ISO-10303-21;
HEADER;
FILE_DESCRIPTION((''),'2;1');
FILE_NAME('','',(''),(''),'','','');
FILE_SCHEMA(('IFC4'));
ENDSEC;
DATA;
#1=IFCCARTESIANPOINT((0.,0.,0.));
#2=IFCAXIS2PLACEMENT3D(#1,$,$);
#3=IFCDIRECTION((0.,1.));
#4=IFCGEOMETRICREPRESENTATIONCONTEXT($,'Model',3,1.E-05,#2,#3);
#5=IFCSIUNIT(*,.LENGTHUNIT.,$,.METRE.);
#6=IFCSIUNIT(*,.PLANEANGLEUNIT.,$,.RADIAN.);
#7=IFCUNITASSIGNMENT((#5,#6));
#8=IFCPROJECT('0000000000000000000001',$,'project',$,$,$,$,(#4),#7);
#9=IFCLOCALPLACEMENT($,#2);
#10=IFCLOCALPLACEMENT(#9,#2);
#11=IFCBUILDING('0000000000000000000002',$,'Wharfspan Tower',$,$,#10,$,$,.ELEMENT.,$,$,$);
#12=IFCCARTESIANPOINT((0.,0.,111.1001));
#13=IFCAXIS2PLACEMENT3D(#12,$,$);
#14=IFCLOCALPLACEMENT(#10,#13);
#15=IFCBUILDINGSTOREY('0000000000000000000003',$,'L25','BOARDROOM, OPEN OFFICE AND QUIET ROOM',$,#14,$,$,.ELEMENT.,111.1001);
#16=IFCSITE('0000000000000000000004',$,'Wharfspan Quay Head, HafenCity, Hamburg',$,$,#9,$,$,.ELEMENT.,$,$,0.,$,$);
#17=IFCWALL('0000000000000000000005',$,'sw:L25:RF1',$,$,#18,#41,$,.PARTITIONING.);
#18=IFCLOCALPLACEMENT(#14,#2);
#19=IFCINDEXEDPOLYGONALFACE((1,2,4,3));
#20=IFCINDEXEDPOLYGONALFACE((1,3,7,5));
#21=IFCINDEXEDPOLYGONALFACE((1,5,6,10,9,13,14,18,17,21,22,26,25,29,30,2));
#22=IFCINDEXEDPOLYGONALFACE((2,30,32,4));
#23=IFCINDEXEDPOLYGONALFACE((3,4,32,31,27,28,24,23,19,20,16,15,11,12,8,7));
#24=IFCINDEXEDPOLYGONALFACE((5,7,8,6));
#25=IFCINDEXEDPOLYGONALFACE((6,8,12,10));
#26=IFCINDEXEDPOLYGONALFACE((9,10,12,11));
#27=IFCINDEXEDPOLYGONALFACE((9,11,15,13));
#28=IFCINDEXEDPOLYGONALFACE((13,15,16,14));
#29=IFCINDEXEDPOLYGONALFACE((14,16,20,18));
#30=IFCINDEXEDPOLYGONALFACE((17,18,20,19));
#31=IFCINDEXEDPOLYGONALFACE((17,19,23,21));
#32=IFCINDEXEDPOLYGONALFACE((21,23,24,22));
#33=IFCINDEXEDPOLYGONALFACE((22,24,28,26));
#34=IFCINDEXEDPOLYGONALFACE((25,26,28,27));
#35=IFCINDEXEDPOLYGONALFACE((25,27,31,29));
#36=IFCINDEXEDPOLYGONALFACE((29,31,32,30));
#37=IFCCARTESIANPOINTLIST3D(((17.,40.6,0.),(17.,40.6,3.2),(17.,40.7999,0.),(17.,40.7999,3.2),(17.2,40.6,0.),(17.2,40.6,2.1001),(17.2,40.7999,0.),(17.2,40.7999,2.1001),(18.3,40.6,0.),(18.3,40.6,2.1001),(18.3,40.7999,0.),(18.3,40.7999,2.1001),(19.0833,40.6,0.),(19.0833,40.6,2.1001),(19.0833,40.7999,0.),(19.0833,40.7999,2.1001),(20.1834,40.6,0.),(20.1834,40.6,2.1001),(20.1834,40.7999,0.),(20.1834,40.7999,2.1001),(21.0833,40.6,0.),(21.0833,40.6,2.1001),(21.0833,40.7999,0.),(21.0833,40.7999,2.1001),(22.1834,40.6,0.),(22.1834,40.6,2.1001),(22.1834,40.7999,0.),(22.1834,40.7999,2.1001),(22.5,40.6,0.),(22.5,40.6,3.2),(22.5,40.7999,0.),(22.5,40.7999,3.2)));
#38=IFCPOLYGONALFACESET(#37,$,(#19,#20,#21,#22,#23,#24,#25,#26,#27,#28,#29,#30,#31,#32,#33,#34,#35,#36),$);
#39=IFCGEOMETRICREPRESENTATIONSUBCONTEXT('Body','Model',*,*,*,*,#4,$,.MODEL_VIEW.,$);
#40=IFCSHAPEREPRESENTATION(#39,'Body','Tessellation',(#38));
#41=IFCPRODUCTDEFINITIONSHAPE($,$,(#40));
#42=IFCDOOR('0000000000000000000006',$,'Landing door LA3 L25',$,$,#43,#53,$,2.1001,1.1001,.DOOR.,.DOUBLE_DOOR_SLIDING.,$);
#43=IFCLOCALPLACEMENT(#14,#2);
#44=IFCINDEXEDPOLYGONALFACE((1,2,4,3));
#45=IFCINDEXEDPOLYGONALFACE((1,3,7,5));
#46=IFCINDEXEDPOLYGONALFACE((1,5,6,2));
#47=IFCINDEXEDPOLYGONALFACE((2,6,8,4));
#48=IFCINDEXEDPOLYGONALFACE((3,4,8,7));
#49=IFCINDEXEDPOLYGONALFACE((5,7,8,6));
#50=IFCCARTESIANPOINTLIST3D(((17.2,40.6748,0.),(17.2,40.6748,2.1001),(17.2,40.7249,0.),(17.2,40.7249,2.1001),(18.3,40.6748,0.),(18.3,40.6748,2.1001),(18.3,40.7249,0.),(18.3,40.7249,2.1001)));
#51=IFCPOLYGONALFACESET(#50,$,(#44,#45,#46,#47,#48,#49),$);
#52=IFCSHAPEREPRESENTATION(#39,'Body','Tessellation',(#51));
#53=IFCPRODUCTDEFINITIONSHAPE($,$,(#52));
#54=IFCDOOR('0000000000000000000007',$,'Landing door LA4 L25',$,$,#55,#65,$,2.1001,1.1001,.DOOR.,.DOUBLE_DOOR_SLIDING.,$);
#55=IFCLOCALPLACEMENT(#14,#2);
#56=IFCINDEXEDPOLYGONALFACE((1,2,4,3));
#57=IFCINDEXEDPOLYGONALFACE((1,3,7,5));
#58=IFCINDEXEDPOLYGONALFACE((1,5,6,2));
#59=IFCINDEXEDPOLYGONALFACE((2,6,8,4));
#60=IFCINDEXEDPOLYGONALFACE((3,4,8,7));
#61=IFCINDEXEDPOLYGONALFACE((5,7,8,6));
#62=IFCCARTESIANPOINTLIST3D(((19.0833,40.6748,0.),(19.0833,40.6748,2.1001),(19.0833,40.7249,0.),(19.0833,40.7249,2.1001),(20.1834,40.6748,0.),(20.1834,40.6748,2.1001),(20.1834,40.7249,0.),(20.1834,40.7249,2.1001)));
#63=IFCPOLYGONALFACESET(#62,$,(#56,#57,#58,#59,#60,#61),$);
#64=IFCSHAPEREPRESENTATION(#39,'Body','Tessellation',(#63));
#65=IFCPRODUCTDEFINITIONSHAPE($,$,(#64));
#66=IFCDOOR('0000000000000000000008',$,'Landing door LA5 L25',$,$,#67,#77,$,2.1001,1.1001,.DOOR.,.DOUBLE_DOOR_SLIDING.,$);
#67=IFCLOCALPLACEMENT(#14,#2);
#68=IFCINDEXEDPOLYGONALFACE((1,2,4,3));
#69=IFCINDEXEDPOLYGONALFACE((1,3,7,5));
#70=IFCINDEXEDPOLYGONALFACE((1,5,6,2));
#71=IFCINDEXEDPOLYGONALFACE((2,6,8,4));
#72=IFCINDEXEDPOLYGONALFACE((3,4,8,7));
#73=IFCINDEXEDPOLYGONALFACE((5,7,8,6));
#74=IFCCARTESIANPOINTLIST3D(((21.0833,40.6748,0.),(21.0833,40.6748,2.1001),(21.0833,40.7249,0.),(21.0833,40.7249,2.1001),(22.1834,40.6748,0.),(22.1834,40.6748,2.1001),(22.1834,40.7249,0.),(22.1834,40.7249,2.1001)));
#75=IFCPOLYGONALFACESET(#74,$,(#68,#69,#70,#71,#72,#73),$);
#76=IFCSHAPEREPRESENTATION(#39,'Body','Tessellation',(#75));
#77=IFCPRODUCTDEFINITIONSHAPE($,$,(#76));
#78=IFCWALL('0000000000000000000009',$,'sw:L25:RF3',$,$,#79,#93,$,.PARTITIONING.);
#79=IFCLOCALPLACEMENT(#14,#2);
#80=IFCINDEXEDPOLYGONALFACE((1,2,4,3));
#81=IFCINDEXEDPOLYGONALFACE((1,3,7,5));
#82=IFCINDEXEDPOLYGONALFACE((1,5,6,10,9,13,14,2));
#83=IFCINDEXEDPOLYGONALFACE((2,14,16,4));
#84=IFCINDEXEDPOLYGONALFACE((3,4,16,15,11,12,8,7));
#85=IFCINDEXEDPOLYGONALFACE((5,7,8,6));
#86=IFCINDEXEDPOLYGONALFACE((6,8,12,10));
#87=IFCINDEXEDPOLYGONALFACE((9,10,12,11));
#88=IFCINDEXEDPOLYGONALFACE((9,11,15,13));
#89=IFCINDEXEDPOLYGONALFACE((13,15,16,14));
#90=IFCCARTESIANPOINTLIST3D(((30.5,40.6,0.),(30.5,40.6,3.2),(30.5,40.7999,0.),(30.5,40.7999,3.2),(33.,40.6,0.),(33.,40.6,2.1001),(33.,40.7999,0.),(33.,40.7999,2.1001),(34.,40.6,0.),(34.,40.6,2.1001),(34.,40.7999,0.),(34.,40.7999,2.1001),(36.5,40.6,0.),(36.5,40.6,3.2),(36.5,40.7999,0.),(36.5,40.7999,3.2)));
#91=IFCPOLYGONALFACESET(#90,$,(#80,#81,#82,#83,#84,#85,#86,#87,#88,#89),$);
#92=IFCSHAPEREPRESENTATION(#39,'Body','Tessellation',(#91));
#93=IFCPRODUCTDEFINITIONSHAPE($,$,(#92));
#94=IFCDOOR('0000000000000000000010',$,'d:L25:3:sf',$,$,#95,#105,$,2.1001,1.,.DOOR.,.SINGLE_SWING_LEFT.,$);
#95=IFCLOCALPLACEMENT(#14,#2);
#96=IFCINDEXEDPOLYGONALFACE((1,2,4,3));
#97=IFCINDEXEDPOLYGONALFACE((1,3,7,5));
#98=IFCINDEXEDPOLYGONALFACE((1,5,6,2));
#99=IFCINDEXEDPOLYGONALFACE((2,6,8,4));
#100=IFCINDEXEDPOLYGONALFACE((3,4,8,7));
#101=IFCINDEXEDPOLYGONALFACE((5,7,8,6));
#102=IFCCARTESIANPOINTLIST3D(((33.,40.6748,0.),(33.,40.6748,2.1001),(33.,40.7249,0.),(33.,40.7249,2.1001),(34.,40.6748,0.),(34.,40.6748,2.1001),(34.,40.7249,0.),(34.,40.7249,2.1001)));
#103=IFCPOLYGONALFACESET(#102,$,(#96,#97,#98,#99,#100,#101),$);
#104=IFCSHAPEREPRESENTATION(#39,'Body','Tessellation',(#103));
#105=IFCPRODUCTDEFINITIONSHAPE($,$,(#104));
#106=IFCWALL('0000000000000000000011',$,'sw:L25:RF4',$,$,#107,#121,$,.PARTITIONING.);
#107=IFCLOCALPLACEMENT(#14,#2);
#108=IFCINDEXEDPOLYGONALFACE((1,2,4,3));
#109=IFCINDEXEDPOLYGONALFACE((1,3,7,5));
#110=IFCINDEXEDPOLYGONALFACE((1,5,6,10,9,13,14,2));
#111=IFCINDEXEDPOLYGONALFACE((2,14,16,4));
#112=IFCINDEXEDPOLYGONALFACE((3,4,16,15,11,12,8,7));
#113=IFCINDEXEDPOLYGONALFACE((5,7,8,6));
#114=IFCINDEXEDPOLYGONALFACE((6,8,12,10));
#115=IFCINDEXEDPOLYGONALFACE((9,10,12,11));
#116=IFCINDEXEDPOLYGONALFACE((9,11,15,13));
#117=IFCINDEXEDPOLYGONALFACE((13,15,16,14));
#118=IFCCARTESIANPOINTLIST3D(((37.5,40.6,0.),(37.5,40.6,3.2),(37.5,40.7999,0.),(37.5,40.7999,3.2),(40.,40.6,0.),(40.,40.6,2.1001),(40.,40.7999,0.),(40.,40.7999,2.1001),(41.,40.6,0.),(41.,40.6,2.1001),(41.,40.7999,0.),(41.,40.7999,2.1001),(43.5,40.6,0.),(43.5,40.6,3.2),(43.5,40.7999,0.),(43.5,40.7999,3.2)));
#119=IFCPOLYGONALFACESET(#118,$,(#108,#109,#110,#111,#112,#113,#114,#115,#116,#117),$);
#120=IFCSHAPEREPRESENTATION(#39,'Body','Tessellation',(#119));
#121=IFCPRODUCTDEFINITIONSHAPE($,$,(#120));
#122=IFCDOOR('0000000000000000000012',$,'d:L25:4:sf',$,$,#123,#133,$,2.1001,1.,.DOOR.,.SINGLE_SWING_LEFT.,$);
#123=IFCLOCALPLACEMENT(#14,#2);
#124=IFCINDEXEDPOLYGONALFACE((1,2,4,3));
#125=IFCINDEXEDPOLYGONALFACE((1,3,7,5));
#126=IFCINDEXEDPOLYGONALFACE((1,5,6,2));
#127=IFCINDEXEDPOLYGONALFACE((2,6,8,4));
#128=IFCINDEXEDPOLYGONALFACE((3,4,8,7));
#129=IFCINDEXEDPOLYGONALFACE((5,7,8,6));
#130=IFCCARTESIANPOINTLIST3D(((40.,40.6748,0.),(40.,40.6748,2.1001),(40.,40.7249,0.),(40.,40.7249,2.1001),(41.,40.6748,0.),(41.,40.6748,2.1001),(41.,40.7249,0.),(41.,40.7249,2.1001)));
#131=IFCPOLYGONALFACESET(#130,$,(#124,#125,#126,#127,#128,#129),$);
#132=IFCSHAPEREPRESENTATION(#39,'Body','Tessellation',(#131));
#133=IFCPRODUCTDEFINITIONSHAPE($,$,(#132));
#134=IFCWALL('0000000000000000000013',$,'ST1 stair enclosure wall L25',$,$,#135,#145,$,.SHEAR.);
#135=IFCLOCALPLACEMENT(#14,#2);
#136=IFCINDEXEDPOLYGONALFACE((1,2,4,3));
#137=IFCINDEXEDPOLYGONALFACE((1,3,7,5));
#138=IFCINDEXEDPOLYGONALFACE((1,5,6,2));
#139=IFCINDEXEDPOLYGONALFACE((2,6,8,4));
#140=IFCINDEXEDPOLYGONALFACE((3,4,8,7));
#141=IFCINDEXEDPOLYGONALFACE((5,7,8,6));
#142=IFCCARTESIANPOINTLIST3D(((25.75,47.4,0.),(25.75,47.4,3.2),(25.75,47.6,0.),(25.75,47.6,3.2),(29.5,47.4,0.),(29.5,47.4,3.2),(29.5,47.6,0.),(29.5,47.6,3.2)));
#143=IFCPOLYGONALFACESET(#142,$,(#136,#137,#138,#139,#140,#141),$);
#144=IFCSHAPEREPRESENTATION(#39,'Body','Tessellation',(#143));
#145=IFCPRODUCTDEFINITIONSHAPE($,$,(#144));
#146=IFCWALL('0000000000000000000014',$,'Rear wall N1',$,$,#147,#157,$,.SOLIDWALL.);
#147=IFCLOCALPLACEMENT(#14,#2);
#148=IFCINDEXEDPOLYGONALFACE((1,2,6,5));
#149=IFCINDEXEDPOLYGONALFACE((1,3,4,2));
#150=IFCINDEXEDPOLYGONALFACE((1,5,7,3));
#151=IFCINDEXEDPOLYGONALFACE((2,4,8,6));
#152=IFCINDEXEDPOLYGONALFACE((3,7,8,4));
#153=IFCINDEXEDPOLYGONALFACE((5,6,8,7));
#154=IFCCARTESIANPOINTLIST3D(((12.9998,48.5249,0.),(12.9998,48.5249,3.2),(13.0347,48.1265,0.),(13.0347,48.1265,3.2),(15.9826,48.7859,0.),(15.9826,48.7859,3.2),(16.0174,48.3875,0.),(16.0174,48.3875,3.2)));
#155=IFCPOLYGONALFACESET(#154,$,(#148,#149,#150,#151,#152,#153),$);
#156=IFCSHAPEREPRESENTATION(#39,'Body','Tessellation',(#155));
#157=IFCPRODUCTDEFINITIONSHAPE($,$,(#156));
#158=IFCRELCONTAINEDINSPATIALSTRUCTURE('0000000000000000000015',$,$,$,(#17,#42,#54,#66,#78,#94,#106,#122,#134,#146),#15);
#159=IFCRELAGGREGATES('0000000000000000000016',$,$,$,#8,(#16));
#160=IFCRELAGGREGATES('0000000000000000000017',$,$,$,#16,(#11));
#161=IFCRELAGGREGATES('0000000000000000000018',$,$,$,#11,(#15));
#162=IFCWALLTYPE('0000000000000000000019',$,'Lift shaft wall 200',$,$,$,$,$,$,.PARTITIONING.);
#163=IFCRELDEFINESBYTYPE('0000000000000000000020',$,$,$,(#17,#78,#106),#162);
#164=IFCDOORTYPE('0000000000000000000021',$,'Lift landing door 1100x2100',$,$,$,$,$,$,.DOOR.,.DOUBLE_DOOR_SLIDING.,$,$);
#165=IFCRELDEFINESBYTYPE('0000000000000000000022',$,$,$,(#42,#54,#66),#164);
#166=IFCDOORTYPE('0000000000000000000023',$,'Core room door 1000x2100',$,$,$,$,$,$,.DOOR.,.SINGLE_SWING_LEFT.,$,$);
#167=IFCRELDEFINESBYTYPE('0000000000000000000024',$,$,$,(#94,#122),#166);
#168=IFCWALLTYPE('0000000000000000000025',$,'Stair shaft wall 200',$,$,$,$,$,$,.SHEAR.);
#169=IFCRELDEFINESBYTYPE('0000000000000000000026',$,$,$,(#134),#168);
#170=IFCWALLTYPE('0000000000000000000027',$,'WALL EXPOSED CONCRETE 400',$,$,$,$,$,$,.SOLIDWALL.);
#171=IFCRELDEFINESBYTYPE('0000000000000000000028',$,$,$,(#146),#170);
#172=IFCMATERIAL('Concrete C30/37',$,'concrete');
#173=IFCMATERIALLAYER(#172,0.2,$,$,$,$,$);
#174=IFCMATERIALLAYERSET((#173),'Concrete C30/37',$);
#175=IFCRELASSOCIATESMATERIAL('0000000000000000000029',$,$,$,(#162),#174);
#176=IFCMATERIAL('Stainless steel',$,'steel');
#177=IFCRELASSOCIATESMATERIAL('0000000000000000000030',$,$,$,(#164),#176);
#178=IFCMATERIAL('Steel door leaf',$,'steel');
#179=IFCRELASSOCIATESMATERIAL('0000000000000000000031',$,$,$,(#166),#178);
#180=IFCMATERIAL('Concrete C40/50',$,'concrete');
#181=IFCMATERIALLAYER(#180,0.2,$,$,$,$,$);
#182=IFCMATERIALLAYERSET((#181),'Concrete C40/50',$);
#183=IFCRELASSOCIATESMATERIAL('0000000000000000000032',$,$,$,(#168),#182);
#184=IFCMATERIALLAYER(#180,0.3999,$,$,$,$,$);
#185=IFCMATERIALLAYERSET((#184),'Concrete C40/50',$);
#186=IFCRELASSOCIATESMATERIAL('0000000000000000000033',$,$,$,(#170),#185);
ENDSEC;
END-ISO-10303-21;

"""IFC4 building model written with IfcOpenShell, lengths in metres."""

from ifc_helpers import new_model, si_unit, direction, frame, frame_2d, origin, place, context, subcontext, project, spatial, rectangle, extrude, material, layer, layer_set, type_object, element, fill, save


model = new_model("IFC4")

# Units and contexts
model_context = context("Model", 3, precision=1e-05, world=origin(), true_north=direction((0.0, 1.0)))
body_context = subcontext(model_context, "Body", "Model", "MODEL_VIEW")
ifc_project = project(units=[si_unit("LENGTHUNIT", "METRE"), si_unit("PLANEANGLEUNIT", "RADIAN")], contexts=[model_context])

# Site, building, storey
site_placement = place(None, origin())
site = spatial("IfcSite", under=ifc_project, at=site_placement, Name="Wharfspan Quay Head, HafenCity, Hamburg", CompositionType="ELEMENT", RefElevation=0.0)
building_placement = place(site_placement, origin())
building = spatial("IfcBuilding", under=site, at=building_placement, Name="Wharfspan Tower", CompositionType="ELEMENT")
storey_placement = place(building_placement, frame((0.0, 0.0, 111.1001)))
storey = spatial("IfcBuildingStorey", under=building, at=storey_placement, Name="L25", Description="BOARDROOM, OPEN OFFICE AND QUIET ROOM", CompositionType="ELEMENT", Elevation=111.1001)

# Wall, openings, doors
ifc_material_1 = material(Name="Concrete C30/37", Category="concrete")
ifc_layer_1 = layer(ifc_material_1, 0.2)
ifc_layer_set_1 = layer_set([ifc_layer_1], Name="Concrete C30/37")
wall_type_1 = type_object("IfcWallType", Name="Lift shaft wall 200", PredefinedType="PARTITIONING", material=ifc_layer_set_1)
wall_1_placement = place(storey_placement, frame((17.0, 40.7, 0.0), z_axis=(0.0, 0.0, 1.0), x_axis=(1.0, 0.0, 0.0)))
wall_1 = element("IfcWall", 1, at=wall_1_placement, inside=storey, type_object=wall_type_1, Name="sw:L25:RF1", PredefinedType="PARTITIONING", context=body_context, shape_type="SweptSolid", body=[
    extrude(rectangle(XDim=5.5, YDim=0.2, at=frame_2d((2.75, 0.0))), origin(), (0.0, 0.0, 1.0), 3.2),
])
opening_1_placement = place(wall_1_placement, frame((0.2, 0.0, 0.0)))
opening_1 = element("IfcOpeningElement", 2, at=opening_1_placement, cuts=wall_1, PredefinedType="OPENING", context=body_context, shape_type="SweptSolid", body=[
    extrude(rectangle(XDim=1.1001, YDim=2.1001, at=frame_2d((0.55, 1.05))), frame((0.0, 0.1099, 0.0), z_axis=(0.0, -1.0, 0.0), x_axis=(1.0, 0.0, 0.0)), (0.0, 0.0, 1.0), 0.22),
])
opening_2_placement = place(wall_1_placement, frame((2.0833, 0.0, 0.0)))
opening_2 = element("IfcOpeningElement", 3, at=opening_2_placement, cuts=wall_1, PredefinedType="OPENING", context=body_context, shape_type="SweptSolid", body=[
    extrude(rectangle(XDim=1.1001, YDim=2.1001, at=frame_2d((0.55, 1.05))), frame((0.0, 0.1099, 0.0), z_axis=(0.0, -1.0, 0.0), x_axis=(1.0, 0.0, 0.0)), (0.0, 0.0, 1.0), 0.22),
])
opening_3_placement = place(wall_1_placement, frame((4.0833, 0.0, 0.0)))
opening_3 = element("IfcOpeningElement", 4, at=opening_3_placement, cuts=wall_1, PredefinedType="OPENING", context=body_context, shape_type="SweptSolid", body=[
    extrude(rectangle(XDim=1.1001, YDim=2.1001, at=frame_2d((0.55, 1.05))), frame((0.0, 0.1099, 0.0), z_axis=(0.0, -1.0, 0.0), x_axis=(1.0, 0.0, 0.0)), (0.0, 0.0, 1.0), 0.22),
])
ifc_material_2 = material(Name="Stainless steel", Category="steel")
door_type_1 = type_object("IfcDoorType", Name="Lift landing door 1100x2100", OperationType="DOUBLE_DOOR_SLIDING", PredefinedType="DOOR", material=ifc_material_2)
door_1_placement = place(opening_1_placement, origin())
door_1 = element("IfcDoor", 5, at=door_1_placement, inside=storey, type_object=door_type_1, Name="Landing door LA3 L25", OperationType="DOUBLE_DOOR_SLIDING", OverallHeight=2.1001, OverallWidth=1.1001, PredefinedType="DOOR", context=body_context, shape_type="SweptSolid", body=[
    extrude(rectangle(XDim=1.1001, YDim=2.1001, at=frame_2d((0.55, 1.05))), frame((0.0, 0.0249, 0.0), z_axis=(0.0, -1.0, 0.0), x_axis=(1.0, 0.0, 0.0)), (0.0, 0.0, 1.0), 0.05),
])
fill(opening_1, door_1)
door_2_placement = place(opening_2_placement, origin())
door_2 = element("IfcDoor", 6, at=door_2_placement, inside=storey, type_object=door_type_1, Name="Landing door LA4 L25", OperationType="DOUBLE_DOOR_SLIDING", OverallHeight=2.1001, OverallWidth=1.1001, PredefinedType="DOOR", context=body_context, shape_type="SweptSolid", body=[
    extrude(rectangle(XDim=1.1001, YDim=2.1001, at=frame_2d((0.55, 1.05))), frame((0.0, 0.0249, 0.0), z_axis=(0.0, -1.0, 0.0), x_axis=(1.0, 0.0, 0.0)), (0.0, 0.0, 1.0), 0.05),
])
fill(opening_2, door_2)
door_3_placement = place(opening_3_placement, origin())
door_3 = element("IfcDoor", 7, at=door_3_placement, inside=storey, type_object=door_type_1, Name="Landing door LA5 L25", OperationType="DOUBLE_DOOR_SLIDING", OverallHeight=2.1001, OverallWidth=1.1001, PredefinedType="DOOR", context=body_context, shape_type="SweptSolid", body=[
    extrude(rectangle(XDim=1.1001, YDim=2.1001, at=frame_2d((0.55, 1.05))), frame((0.0, 0.0249, 0.0), z_axis=(0.0, -1.0, 0.0), x_axis=(1.0, 0.0, 0.0)), (0.0, 0.0, 1.0), 0.05),
])
fill(opening_3, door_3)

# Walls, openings, doors
wall_2_placement = place(storey_placement, frame((30.5, 40.7, 0.0), z_axis=(0.0, 0.0, 1.0), x_axis=(1.0, 0.0, 0.0)))
wall_2 = element("IfcWall", 8, at=wall_2_placement, inside=storey, type_object=wall_type_1, Name="sw:L25:RF3", PredefinedType="PARTITIONING", context=body_context, shape_type="SweptSolid", body=[
    extrude(rectangle(XDim=6.0, YDim=0.2, at=frame_2d((3.0, 0.0))), origin(), (0.0, 0.0, 1.0), 3.2),
])
opening_4_placement = place(wall_2_placement, frame((2.5, 0.0, 0.0)))
opening_4 = element("IfcOpeningElement", 9, at=opening_4_placement, cuts=wall_2, PredefinedType="OPENING", context=body_context, shape_type="SweptSolid", body=[
    extrude(rectangle(XDim=1.0, YDim=2.1001, at=frame_2d((0.5, 1.05))), frame((0.0, 0.1099, 0.0), z_axis=(0.0, -1.0, 0.0), x_axis=(1.0, 0.0, 0.0)), (0.0, 0.0, 1.0), 0.22),
])
ifc_material_3 = material(Name="Steel door leaf", Category="steel")
door_type_2 = type_object("IfcDoorType", Name="Core room door 1000x2100", OperationType="SINGLE_SWING_LEFT", PredefinedType="DOOR", material=ifc_material_3)
door_4_placement = place(opening_4_placement, origin())
door_4 = element("IfcDoor", 10, at=door_4_placement, inside=storey, type_object=door_type_2, Name="d:L25:3:sf", OperationType="SINGLE_SWING_LEFT", OverallHeight=2.1001, OverallWidth=1.0, PredefinedType="DOOR", context=body_context, shape_type="SweptSolid", body=[
    extrude(rectangle(XDim=1.0, YDim=2.1001, at=frame_2d((0.5, 1.05))), frame((0.0, 0.0249, 0.0), z_axis=(0.0, -1.0, 0.0), x_axis=(1.0, 0.0, 0.0)), (0.0, 0.0, 1.0), 0.05),
])
fill(opening_4, door_4)
wall_3_placement = place(storey_placement, frame((37.5, 40.7, 0.0), z_axis=(0.0, 0.0, 1.0), x_axis=(1.0, 0.0, 0.0)))
wall_3 = element("IfcWall", 11, at=wall_3_placement, inside=storey, type_object=wall_type_1, Name="sw:L25:RF4", PredefinedType="PARTITIONING", context=body_context, shape_type="SweptSolid", body=[
    extrude(rectangle(XDim=6.0, YDim=0.2, at=frame_2d((3.0, 0.0))), origin(), (0.0, 0.0, 1.0), 3.2),
])
opening_5_placement = place(wall_3_placement, frame((2.5, 0.0, 0.0)))
opening_5 = element("IfcOpeningElement", 12, at=opening_5_placement, cuts=wall_3, PredefinedType="OPENING", context=body_context, shape_type="SweptSolid", body=[
    extrude(rectangle(XDim=1.0, YDim=2.1001, at=frame_2d((0.5, 1.05))), frame((0.0, 0.1099, 0.0), z_axis=(0.0, -1.0, 0.0), x_axis=(1.0, 0.0, 0.0)), (0.0, 0.0, 1.0), 0.22),
])
door_5_placement = place(opening_5_placement, origin())
door_5 = element("IfcDoor", 13, at=door_5_placement, inside=storey, type_object=door_type_2, Name="d:L25:4:sf", OperationType="SINGLE_SWING_LEFT", OverallHeight=2.1001, OverallWidth=1.0, PredefinedType="DOOR", context=body_context, shape_type="SweptSolid", body=[
    extrude(rectangle(XDim=1.0, YDim=2.1001, at=frame_2d((0.5, 1.05))), frame((0.0, 0.0249, 0.0), z_axis=(0.0, -1.0, 0.0), x_axis=(1.0, 0.0, 0.0)), (0.0, 0.0, 1.0), 0.05),
])
fill(opening_5, door_5)

# Walls
ifc_material_4 = material(Name="Concrete C40/50", Category="concrete")
ifc_layer_2 = layer(ifc_material_4, 0.2)
ifc_layer_set_2 = layer_set([ifc_layer_2], Name="Concrete C40/50")
wall_type_2 = type_object("IfcWallType", Name="Stair shaft wall 200", PredefinedType="SHEAR", material=ifc_layer_set_2)
wall_4_placement = place(storey_placement, frame((25.75, 47.5, 0.0), z_axis=(0.0, 0.0, 1.0), x_axis=(1.0, 0.0, 0.0)))
element("IfcWall", 14, at=wall_4_placement, inside=storey, type_object=wall_type_2, Name="ST1 stair enclosure wall L25", PredefinedType="SHEAR", context=body_context, shape_type="SweptSolid", body=[
    extrude(rectangle(XDim=3.75, YDim=0.2, at=frame_2d((1.875, 0.0))), origin(), (0.0, 0.0, 1.0), 3.2),
])
ifc_layer_3 = layer(ifc_material_4, 0.3999)
ifc_layer_set_3 = layer_set([ifc_layer_3], Name="Concrete C40/50")
wall_type_3 = type_object("IfcWallType", Name="WALL EXPOSED CONCRETE 400", PredefinedType="SOLIDWALL", material=ifc_layer_set_3)
wall_5_placement = place(storey_placement, frame((16.0, 48.5867, 0.0), z_axis=(0.0, 0.0, 1.0), x_axis=(-0.996194, -0.087168, 0.0)))
element("IfcWall", 15, at=wall_5_placement, inside=storey, type_object=wall_type_3, Name="Rear wall N1", PredefinedType="SOLIDWALL", context=body_context, shape_type="SweptSolid", body=[
    extrude(rectangle(XDim=2.9941, YDim=0.3999, at=frame_2d((1.4971, 0.0))), origin(), (0.0, 0.0, 1.0), 3.2),
])

save(model, "model.ifc")
